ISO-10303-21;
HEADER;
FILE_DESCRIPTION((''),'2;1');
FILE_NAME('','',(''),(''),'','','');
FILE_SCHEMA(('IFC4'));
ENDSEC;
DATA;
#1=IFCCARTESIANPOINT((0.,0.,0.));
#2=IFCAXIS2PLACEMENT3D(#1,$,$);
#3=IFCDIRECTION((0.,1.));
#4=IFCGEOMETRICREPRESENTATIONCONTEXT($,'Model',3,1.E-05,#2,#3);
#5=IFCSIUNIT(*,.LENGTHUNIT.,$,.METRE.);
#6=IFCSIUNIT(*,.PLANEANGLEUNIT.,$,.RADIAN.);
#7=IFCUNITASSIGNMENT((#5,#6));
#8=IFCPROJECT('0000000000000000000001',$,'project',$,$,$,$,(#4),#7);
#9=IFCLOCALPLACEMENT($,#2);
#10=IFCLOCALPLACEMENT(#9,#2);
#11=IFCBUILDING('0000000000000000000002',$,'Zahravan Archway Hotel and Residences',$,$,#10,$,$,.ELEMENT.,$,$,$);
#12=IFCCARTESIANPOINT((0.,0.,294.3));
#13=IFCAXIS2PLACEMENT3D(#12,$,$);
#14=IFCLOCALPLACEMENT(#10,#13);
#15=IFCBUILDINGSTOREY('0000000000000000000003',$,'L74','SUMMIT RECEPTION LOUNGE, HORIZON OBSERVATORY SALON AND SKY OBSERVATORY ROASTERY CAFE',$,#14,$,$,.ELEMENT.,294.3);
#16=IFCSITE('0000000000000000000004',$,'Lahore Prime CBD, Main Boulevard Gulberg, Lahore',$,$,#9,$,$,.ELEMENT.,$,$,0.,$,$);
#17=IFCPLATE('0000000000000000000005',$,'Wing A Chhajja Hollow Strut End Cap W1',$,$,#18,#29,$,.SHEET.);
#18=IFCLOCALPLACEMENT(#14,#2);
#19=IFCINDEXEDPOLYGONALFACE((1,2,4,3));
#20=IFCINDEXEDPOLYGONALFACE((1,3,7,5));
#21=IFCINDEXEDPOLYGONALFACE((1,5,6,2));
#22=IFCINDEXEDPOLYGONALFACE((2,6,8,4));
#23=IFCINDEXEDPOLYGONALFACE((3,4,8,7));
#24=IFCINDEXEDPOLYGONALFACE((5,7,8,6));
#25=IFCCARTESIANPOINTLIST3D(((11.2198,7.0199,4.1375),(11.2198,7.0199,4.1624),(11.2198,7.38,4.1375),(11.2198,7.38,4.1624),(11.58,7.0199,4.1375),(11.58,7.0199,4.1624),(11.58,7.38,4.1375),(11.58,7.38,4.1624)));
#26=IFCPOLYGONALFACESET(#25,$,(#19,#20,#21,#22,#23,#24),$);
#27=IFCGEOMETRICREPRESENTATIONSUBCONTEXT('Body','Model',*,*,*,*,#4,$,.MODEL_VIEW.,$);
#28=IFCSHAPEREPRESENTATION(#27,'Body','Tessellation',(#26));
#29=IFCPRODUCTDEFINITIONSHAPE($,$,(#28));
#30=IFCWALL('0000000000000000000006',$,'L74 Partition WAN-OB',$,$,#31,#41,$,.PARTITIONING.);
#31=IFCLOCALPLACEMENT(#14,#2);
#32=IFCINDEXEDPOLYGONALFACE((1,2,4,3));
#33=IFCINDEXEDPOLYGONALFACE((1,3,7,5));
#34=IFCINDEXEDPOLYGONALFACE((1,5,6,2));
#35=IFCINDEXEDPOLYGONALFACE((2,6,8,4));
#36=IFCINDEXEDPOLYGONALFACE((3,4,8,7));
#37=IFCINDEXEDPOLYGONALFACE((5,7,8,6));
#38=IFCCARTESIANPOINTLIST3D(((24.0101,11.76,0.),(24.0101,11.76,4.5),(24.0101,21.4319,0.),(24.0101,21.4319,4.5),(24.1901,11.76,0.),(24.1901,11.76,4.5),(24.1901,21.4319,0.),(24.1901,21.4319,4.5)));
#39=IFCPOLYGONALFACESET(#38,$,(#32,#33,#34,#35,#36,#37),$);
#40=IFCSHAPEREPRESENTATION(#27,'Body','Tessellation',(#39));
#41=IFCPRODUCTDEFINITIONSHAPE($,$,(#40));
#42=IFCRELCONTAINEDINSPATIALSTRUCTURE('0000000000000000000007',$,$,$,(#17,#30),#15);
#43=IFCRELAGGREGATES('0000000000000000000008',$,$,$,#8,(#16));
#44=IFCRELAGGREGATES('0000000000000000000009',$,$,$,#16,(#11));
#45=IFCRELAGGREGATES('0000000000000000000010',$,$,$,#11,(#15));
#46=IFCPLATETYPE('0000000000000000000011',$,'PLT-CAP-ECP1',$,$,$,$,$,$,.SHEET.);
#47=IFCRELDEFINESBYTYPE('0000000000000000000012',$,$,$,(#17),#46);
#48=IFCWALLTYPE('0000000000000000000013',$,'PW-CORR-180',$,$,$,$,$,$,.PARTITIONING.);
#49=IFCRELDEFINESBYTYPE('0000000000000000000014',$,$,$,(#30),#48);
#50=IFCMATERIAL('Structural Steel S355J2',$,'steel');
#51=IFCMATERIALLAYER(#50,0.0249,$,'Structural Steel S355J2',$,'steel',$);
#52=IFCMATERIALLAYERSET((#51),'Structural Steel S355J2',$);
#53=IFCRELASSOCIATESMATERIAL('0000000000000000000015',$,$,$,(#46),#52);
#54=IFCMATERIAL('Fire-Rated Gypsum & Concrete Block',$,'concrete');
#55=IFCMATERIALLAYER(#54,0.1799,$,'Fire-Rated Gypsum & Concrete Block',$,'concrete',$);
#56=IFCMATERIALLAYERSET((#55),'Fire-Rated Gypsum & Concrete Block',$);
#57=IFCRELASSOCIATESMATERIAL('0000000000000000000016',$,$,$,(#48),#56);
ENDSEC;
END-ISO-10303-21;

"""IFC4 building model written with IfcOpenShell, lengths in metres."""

from ifc_helpers import new_model, si_unit, direction, frame, frame_2d, origin, origin_2d, place, context, subcontext, project, spatial, rectangle, extrude, source, transform, mapped, material, layer, layer_set, type_object, type_shapes, element, save


model = new_model("IFC4")

# Units and contexts
model_context = context("Model", 3, precision=1e-05, world=origin(), true_north=direction((0.0, 1.0)))
body_context = subcontext(model_context, "Body", "Model", "MODEL_VIEW")
ifc_project = project(units=[si_unit("LENGTHUNIT", "METRE"), si_unit("PLANEANGLEUNIT", "RADIAN")], contexts=[model_context])

# Site, building, storey
site_placement = place(None, origin())
site = spatial("IfcSite", under=ifc_project, at=site_placement, Name="Lahore Prime CBD, Main Boulevard Gulberg, Lahore", CompositionType="ELEMENT", RefElevation=0.0)
building_placement = place(site_placement, origin())
building = spatial("IfcBuilding", under=site, at=building_placement, Name="Zahravan Archway Hotel and Residences", CompositionType="ELEMENT")
storey_placement = place(building_placement, frame((0.0, 0.0, 294.3)))
storey = spatial("IfcBuildingStorey", under=building, at=storey_placement, Name="L74", Description="SUMMIT RECEPTION LOUNGE, HORIZON OBSERVATORY SALON AND SKY OBSERVATORY ROASTERY CAFE", CompositionType="ELEMENT", Elevation=294.3)

# Shared definitions
ifc_material_1 = material(Name="Structural Steel S355J2", Category="steel")

# Plate
ifc_layer_1 = layer(ifc_material_1, 0.0249, Name="Structural Steel S355J2", Category="steel")
ifc_layer_set_1 = layer_set([ifc_layer_1], Name="Structural Steel S355J2")
plate_type = type_object("IfcPlateType", Name="PLT-CAP-ECP1", PredefinedType="SHEET", material=ifc_layer_set_1)
shared_shape_1 = source(origin(), body_context, "Body", "SweptSolid", [
    extrude(rectangle(XDim=0.3601, YDim=0.3601, at=origin_2d()), origin(), (0.0, 0.0, 1.0), 0.0249),
])
type_shapes(plate_type, [shared_shape_1])
plate_placement = place(storey_placement, frame((11.3999, 7.2, 4.1375), z_axis=(0.0, 0.0, 1.0), x_axis=(1.0, 0.0, 0.0)))
element("IfcPlate", 1, at=plate_placement, inside=storey, type_object=plate_type, Name="Wing A Chhajja Hollow Strut End Cap W1", PredefinedType="SHEET", context=body_context, shape_type="MappedRepresentation", body=[
    mapped(shared_shape_1, transform((0.0, 0.0, 0.0), scale=1.0)),
])

# Shared definitions
ifc_material_2 = material(Name="Fire-Rated Gypsum & Concrete Block", Category="concrete")
ifc_layer_2 = layer(ifc_material_2, 0.1799, Name="Fire-Rated Gypsum & Concrete Block", Category="concrete")
ifc_layer_set_2 = layer_set([ifc_layer_2], Name="Fire-Rated Gypsum & Concrete Block")
wall_type_1 = type_object("IfcWallType", Name="PW-CORR-180", PredefinedType="PARTITIONING", material=ifc_layer_set_2)

# Wall
wall_1_placement = place(storey_placement, frame((24.1001, 11.76, 0.0), z_axis=(0.0, 0.0, 1.0), x_axis=(0.0, 1.0, 0.0)))
element("IfcWall", 2, at=wall_1_placement, inside=storey, type_object=wall_type_1, Name="L74 Partition WAN-OB", PredefinedType="PARTITIONING", context=body_context, shape_type="SweptSolid", body=[
    extrude(rectangle(XDim=9.6719, YDim=0.1799, at=frame_2d((4.8359, 0.0))), origin(), (0.0, 0.0, 1.0), 4.5),
])

save(model, "model.ifc")
